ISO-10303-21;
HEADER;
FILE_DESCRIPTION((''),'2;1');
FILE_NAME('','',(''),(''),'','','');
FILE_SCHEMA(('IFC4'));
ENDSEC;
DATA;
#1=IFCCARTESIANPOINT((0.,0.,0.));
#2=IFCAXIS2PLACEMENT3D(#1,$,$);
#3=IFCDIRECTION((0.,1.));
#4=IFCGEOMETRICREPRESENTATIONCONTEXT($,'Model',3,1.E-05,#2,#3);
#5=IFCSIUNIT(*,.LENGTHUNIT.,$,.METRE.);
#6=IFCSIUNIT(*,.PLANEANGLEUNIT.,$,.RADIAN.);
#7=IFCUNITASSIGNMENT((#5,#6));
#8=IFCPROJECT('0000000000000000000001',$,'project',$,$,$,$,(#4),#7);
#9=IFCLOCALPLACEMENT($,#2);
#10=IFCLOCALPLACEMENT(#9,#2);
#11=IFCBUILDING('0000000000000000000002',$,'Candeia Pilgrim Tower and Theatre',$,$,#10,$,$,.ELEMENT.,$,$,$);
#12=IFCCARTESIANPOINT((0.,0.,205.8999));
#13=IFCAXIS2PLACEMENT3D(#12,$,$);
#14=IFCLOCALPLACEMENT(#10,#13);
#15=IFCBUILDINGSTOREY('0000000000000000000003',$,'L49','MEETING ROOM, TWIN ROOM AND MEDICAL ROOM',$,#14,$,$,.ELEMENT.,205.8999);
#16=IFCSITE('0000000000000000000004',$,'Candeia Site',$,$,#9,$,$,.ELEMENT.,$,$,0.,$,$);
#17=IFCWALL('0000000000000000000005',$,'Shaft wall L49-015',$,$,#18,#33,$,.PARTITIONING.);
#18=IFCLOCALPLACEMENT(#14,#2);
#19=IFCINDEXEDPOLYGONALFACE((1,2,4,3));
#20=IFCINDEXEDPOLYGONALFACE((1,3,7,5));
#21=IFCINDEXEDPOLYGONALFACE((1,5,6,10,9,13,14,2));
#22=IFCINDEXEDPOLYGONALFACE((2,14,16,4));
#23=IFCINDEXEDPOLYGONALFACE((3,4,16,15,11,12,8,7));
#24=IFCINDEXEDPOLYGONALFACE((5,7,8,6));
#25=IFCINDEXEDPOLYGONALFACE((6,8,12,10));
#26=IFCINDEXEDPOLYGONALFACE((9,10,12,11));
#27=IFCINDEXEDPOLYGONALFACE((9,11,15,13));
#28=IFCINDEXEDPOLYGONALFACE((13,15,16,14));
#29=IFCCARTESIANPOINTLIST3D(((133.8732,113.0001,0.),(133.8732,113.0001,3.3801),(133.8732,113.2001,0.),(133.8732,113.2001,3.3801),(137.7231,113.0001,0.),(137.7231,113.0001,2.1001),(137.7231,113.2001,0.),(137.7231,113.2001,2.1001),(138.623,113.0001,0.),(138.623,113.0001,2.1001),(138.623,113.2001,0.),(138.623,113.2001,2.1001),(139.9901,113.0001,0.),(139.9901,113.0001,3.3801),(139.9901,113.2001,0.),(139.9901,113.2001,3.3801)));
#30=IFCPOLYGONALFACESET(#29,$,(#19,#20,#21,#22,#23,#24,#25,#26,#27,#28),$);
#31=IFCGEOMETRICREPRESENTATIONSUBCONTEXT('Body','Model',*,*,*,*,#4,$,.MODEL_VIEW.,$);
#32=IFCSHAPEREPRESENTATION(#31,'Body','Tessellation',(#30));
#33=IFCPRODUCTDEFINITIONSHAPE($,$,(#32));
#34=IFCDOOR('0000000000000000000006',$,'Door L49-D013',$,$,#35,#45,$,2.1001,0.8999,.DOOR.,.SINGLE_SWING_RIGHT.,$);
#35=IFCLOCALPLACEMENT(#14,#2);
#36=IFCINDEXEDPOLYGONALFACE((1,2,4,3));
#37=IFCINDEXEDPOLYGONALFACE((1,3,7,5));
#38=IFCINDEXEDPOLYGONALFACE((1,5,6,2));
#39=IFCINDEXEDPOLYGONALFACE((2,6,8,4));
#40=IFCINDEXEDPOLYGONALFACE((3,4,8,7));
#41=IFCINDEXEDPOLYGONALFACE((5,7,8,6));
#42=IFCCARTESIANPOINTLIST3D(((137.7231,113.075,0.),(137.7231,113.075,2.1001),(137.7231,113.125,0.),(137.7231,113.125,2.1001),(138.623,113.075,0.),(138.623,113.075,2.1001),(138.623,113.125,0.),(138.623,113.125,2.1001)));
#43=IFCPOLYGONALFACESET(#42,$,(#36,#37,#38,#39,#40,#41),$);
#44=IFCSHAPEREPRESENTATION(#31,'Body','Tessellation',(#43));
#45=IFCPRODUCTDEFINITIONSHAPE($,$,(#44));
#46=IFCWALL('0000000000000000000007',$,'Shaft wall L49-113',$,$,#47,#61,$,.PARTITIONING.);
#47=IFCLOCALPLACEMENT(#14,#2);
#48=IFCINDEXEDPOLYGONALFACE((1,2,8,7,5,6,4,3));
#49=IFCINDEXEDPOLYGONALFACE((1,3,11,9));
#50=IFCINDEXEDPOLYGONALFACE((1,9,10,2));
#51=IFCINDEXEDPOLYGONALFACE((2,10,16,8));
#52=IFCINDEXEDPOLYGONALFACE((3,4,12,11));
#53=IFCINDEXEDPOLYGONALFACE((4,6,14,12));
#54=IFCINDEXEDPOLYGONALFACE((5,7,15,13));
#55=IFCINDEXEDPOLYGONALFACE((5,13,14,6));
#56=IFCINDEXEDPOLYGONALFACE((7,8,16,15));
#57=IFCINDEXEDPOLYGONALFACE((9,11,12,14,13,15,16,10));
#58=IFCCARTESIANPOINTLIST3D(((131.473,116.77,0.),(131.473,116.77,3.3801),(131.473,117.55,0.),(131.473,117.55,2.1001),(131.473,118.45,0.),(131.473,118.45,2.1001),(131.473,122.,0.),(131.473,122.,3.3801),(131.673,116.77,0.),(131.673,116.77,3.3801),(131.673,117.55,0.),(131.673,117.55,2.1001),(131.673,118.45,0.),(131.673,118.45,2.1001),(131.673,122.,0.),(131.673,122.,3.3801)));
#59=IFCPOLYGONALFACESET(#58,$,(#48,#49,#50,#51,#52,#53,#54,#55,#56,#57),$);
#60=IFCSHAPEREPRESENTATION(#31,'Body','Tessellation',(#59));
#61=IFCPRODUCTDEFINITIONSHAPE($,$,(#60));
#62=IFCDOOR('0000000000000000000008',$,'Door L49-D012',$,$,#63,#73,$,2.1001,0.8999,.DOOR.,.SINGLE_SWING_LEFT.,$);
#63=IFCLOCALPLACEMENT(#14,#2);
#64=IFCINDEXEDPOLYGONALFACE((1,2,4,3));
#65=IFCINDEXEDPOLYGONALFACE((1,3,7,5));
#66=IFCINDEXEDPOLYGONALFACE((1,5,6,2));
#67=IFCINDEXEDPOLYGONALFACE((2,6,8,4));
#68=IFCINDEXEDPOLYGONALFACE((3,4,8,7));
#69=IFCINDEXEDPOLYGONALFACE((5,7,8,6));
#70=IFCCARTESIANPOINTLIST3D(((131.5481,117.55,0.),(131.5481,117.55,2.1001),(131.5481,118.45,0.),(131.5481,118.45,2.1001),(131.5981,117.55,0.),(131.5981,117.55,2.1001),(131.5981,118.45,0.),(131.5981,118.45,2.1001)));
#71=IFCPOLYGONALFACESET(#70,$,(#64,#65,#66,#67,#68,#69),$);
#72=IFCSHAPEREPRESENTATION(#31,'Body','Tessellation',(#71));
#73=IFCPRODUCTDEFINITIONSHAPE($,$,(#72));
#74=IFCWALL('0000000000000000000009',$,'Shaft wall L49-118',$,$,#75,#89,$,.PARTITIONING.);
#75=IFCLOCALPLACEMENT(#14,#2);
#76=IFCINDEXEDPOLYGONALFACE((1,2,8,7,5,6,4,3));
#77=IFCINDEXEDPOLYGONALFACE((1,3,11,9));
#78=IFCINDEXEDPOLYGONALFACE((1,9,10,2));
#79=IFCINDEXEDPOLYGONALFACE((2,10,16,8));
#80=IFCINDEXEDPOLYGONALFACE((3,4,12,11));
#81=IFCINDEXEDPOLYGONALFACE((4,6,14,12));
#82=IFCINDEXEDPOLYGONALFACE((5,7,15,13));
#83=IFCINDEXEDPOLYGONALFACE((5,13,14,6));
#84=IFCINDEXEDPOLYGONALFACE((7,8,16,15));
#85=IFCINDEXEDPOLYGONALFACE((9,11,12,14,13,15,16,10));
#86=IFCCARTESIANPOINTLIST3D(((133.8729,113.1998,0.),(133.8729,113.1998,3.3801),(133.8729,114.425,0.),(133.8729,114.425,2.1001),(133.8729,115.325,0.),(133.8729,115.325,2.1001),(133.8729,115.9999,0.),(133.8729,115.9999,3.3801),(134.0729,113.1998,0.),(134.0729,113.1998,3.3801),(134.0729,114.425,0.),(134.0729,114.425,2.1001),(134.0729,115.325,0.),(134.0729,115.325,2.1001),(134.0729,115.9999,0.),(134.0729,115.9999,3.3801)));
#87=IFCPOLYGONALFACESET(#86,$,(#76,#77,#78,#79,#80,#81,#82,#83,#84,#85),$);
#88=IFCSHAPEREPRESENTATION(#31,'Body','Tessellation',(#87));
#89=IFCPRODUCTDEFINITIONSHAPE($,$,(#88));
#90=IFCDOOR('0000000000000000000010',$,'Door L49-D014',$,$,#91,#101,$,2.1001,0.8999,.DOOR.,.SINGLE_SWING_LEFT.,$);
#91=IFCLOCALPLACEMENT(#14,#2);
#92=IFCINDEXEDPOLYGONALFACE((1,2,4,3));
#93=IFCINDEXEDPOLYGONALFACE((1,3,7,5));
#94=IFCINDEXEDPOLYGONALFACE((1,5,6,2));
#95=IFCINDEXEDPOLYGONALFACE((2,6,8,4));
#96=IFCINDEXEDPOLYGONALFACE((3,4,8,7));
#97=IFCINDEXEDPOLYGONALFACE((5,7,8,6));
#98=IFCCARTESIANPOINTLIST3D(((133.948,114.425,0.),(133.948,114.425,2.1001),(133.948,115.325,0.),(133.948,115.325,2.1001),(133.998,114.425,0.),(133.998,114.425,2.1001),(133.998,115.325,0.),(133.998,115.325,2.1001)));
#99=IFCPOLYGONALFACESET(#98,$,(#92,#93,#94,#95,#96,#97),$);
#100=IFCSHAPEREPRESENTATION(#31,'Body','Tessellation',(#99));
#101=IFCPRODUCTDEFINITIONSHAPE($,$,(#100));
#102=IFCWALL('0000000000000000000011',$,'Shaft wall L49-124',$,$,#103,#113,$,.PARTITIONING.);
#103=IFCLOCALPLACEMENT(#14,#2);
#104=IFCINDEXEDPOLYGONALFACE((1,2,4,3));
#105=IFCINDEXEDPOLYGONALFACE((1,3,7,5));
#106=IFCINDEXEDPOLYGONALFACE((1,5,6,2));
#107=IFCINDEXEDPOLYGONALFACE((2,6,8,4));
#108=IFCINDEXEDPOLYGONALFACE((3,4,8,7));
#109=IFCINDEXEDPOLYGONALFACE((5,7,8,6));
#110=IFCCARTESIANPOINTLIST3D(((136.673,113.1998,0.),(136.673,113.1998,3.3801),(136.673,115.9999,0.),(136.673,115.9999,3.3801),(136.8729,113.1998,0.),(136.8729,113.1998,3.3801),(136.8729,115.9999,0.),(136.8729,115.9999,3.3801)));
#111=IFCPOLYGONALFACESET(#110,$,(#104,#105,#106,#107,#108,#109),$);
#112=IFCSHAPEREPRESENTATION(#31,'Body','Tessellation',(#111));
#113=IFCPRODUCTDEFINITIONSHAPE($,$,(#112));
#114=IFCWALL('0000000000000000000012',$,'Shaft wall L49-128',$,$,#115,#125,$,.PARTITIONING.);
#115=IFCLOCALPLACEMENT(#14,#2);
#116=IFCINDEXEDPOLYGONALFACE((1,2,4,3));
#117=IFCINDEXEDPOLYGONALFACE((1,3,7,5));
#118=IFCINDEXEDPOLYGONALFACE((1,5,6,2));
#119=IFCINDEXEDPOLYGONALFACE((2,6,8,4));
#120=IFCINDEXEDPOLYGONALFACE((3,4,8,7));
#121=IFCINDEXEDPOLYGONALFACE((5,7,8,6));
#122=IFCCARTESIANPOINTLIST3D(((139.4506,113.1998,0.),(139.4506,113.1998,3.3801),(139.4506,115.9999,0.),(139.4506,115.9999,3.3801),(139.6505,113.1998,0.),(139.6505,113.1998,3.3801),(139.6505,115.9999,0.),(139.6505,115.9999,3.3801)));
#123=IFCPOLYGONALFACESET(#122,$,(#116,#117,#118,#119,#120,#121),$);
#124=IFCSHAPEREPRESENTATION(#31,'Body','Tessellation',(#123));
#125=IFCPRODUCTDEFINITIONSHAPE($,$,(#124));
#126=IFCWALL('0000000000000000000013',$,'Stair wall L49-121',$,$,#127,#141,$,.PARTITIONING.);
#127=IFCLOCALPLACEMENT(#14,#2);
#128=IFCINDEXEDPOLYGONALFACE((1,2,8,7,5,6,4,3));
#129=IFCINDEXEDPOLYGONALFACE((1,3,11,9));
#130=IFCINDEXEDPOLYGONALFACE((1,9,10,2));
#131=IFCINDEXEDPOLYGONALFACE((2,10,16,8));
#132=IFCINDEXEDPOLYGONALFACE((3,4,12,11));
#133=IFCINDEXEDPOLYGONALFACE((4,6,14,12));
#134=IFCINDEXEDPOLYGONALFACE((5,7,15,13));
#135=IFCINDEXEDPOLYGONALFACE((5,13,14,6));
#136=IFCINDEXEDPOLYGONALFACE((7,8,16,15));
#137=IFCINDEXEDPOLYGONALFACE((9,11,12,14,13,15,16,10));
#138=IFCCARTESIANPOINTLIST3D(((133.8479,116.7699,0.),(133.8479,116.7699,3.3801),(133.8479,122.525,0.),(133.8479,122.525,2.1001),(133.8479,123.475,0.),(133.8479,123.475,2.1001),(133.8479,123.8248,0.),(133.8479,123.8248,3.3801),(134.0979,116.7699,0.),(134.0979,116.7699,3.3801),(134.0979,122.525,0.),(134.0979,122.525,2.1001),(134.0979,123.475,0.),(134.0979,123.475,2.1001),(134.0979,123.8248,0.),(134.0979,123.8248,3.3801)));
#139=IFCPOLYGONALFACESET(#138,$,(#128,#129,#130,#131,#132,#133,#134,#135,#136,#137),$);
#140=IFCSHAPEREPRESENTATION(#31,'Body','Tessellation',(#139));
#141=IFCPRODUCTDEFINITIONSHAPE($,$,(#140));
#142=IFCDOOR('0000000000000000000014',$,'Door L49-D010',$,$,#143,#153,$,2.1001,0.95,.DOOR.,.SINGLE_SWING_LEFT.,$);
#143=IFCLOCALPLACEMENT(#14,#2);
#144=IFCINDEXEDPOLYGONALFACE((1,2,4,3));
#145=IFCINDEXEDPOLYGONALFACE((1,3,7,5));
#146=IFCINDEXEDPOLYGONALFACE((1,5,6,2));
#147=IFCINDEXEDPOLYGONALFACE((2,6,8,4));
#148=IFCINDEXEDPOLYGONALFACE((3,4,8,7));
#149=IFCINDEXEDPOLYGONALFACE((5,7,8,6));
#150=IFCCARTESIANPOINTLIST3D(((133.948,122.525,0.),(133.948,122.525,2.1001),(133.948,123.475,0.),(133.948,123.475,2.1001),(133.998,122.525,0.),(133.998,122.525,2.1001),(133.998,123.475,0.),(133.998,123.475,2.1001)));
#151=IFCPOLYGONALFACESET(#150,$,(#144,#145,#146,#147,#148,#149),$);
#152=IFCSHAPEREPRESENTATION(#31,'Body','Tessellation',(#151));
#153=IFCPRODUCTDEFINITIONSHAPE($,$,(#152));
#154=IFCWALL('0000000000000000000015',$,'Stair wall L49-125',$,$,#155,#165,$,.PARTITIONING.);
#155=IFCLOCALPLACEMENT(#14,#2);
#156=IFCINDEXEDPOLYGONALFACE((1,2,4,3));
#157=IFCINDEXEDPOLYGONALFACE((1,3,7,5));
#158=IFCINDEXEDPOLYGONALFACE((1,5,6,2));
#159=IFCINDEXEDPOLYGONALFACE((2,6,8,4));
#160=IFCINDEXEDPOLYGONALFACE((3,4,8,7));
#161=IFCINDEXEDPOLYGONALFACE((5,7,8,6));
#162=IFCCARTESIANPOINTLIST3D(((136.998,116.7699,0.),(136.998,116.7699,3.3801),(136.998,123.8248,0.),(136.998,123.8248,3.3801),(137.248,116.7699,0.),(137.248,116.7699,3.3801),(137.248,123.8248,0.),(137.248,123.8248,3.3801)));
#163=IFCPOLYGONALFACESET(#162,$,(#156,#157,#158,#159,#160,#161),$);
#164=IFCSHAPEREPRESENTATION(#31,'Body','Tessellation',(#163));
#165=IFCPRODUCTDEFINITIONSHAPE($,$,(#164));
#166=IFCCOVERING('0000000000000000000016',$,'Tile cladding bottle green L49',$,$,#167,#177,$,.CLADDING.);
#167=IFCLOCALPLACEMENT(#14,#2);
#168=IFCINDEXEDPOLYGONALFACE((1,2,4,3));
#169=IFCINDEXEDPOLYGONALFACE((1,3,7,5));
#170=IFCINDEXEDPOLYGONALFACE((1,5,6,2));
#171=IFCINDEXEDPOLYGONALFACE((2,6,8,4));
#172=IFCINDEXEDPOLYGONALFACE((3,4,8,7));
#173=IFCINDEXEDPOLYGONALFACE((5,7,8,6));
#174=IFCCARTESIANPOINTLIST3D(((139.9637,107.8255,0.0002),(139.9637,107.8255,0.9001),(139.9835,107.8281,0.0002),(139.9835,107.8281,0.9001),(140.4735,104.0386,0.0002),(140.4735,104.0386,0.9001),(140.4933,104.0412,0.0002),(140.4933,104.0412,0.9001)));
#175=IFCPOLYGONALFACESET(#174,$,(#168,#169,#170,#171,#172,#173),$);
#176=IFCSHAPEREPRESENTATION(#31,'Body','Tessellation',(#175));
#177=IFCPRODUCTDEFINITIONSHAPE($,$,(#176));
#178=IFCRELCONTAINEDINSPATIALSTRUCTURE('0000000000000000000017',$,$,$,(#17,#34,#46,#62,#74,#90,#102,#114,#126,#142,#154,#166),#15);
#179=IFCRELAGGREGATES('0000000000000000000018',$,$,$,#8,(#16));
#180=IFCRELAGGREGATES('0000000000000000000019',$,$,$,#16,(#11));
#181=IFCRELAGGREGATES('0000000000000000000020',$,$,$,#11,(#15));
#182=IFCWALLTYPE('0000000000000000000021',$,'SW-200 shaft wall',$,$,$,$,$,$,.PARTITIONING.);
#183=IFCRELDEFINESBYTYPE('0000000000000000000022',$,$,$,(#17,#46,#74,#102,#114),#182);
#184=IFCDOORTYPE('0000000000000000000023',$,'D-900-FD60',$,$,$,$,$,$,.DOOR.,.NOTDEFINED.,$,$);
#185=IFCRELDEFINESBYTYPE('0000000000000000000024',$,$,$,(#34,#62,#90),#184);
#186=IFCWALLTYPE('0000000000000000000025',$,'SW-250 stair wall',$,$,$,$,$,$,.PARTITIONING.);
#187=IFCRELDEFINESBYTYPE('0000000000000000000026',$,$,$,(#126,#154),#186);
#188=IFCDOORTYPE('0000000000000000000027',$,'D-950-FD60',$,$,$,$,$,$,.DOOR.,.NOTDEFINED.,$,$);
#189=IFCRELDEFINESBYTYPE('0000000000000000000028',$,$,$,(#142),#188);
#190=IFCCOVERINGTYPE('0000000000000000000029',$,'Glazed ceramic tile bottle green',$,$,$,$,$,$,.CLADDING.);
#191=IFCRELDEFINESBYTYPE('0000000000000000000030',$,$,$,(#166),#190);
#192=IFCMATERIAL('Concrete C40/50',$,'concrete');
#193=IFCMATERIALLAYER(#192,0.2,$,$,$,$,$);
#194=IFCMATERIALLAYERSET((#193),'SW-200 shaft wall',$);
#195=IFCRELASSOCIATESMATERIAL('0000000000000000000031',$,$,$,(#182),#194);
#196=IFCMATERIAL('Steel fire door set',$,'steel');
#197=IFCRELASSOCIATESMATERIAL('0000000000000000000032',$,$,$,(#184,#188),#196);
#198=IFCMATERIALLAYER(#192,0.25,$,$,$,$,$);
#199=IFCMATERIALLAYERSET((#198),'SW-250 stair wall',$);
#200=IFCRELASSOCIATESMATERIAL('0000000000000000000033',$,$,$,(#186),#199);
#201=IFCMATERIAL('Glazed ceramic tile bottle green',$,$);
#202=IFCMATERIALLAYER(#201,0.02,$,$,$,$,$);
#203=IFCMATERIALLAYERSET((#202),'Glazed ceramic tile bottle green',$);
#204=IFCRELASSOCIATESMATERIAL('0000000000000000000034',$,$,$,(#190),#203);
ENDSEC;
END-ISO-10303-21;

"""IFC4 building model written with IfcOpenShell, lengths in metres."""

from ifc_helpers import new_model, si_unit, direction, frame, frame_2d, origin, origin_2d, place, context, subcontext, project, spatial, rectangle, extrude, material, layer, layer_set, type_object, element, fill, save


model = new_model("IFC4")

# Units and contexts
model_context = context("Model", 3, precision=1e-05, world=origin(), true_north=direction((0.0, 1.0)))
body_context = subcontext(model_context, "Body", "Model", "MODEL_VIEW")
ifc_project = project(units=[si_unit("LENGTHUNIT", "METRE"), si_unit("PLANEANGLEUNIT", "RADIAN")], contexts=[model_context])

# Site, building, storey
site_placement = place(None, origin())
site = spatial("IfcSite", under=ifc_project, at=site_placement, Name="Candeia Site", CompositionType="ELEMENT", RefElevation=0.0)
building_placement = place(site_placement, origin())
building = spatial("IfcBuilding", under=site, at=building_placement, Name="Candeia Pilgrim Tower and Theatre", CompositionType="ELEMENT")
storey_placement = place(building_placement, frame((0.0, 0.0, 205.8999)))
storey = spatial("IfcBuildingStorey", under=building, at=storey_placement, Name="L49", Description="MEETING ROOM, TWIN ROOM AND MEDICAL ROOM", CompositionType="ELEMENT", Elevation=205.8999)

# Shared definitions
ifc_material_1 = material(Name="Steel fire door set", Category="steel")

# Walls, openings, doors
ifc_material_2 = material(Name="Concrete C40/50", Category="concrete")
ifc_layer_1 = layer(ifc_material_2, 0.2)
ifc_layer_set_1 = layer_set([ifc_layer_1], Name="SW-200 shaft wall")
wall_type_1 = type_object("IfcWallType", Name="SW-200 shaft wall", PredefinedType="PARTITIONING", material=ifc_layer_set_1)
wall_1_placement = place(storey_placement, frame((133.873, 113.1001, 0.0), z_axis=(0.0, 0.0, 1.0), x_axis=(1.0, 0.0, 0.0)))
wall_1 = element("IfcWall", 1, at=wall_1_placement, inside=storey, type_object=wall_type_1, Name="Shaft wall L49-015", PredefinedType="PARTITIONING", context=body_context, shape_type="SweptSolid", body=[
    extrude(rectangle(XDim=6.1169, YDim=0.2, at=frame_2d((3.0586, 0.0))), origin(), (0.0, 0.0, 1.0), 3.3801),
])
opening_1_placement = place(wall_1_placement, frame((3.8501, 0.0, 0.0)))
opening_1 = element("IfcOpeningElement", 2, at=opening_1_placement, cuts=wall_1, PredefinedType="OPENING", context=body_context, shape_type="SweptSolid", body=[
    extrude(rectangle(XDim=0.8999, YDim=2.1001, at=frame_2d((0.45, 1.05))), frame((0.0, 0.1099, 0.0), z_axis=(0.0, -1.0, 0.0), x_axis=(1.0, 0.0, 0.0)), (0.0, 0.0, 1.0), 0.22),
])
door_type_1 = type_object("IfcDoorType", Name="D-900-FD60", OperationType="NOTDEFINED", PredefinedType="DOOR", material=ifc_material_1)
door_1_placement = place(opening_1_placement, origin())
door_1 = element("IfcDoor", 3, at=door_1_placement, inside=storey, type_object=door_type_1, Name="Door L49-D013", OperationType="SINGLE_SWING_RIGHT", OverallHeight=2.1001, OverallWidth=0.8999, PredefinedType="DOOR", context=body_context, shape_type="SweptSolid", body=[
    extrude(rectangle(XDim=0.8999, YDim=2.1001, at=frame_2d((0.45, 1.05))), frame((0.0, 0.0249, 0.0), z_axis=(0.0, -1.0, 0.0), x_axis=(1.0, 0.0, 0.0)), (0.0, 0.0, 1.0), 0.05),
])
fill(opening_1, door_1)
wall_2_placement = place(storey_placement, frame((131.573, 116.77, 0.0), z_axis=(0.0, 0.0, 1.0), x_axis=(0.0, 1.0, 0.0)))
wall_2 = element("IfcWall", 4, at=wall_2_placement, inside=storey, type_object=wall_type_1, Name="Shaft wall L49-113", PredefinedType="PARTITIONING", context=body_context, shape_type="SweptSolid", body=[
    extrude(rectangle(XDim=5.23, YDim=0.2, at=frame_2d((2.615, 0.0))), origin(), (0.0, 0.0, 1.0), 3.3801),
])
opening_2_placement = place(wall_2_placement, frame((0.78, 0.0, 0.0)))
opening_2 = element("IfcOpeningElement", 5, at=opening_2_placement, cuts=wall_2, PredefinedType="OPENING", context=body_context, shape_type="SweptSolid", body=[
    extrude(rectangle(XDim=0.8999, YDim=2.1001, at=frame_2d((0.45, 1.05))), frame((0.0, 0.1099, 0.0), z_axis=(0.0, -1.0, 0.0), x_axis=(1.0, 0.0, 0.0)), (0.0, 0.0, 1.0), 0.22),
])
door_2_placement = place(opening_2_placement, origin())
door_2 = element("IfcDoor", 6, at=door_2_placement, inside=storey, type_object=door_type_1, Name="Door L49-D012", OperationType="SINGLE_SWING_LEFT", OverallHeight=2.1001, OverallWidth=0.8999, PredefinedType="DOOR", context=body_context, shape_type="SweptSolid", body=[
    extrude(rectangle(XDim=0.8999, YDim=2.1001, at=frame_2d((0.45, 1.05))), frame((0.0, 0.0249, 0.0), z_axis=(0.0, -1.0, 0.0), x_axis=(1.0, 0.0, 0.0)), (0.0, 0.0, 1.0), 0.05),
])
fill(opening_2, door_2)
wall_3_placement = place(storey_placement, frame((133.9729, 113.2, 0.0), z_axis=(0.0, 0.0, 1.0), x_axis=(0.0, 1.0, 0.0)))
wall_3 = element("IfcWall", 7, at=wall_3_placement, inside=storey, type_object=wall_type_1, Name="Shaft wall L49-118", PredefinedType="PARTITIONING", context=body_context, shape_type="SweptSolid", body=[
    extrude(rectangle(XDim=2.8, YDim=0.2, at=frame_2d((1.3999, 0.0))), origin(), (0.0, 0.0, 1.0), 3.3801),
])
opening_3_placement = place(wall_3_placement, frame((1.2251, 0.0, 0.0)))
opening_3 = element("IfcOpeningElement", 8, at=opening_3_placement, cuts=wall_3, PredefinedType="OPENING", context=body_context, shape_type="SweptSolid", body=[
    extrude(rectangle(XDim=0.8999, YDim=2.1001, at=frame_2d((0.45, 1.05))), frame((0.0, 0.1099, 0.0), z_axis=(0.0, -1.0, 0.0), x_axis=(1.0, 0.0, 0.0)), (0.0, 0.0, 1.0), 0.22),
])
door_3_placement = place(opening_3_placement, origin())
door_3 = element("IfcDoor", 9, at=door_3_placement, inside=storey, type_object=door_type_1, Name="Door L49-D014", OperationType="SINGLE_SWING_LEFT", OverallHeight=2.1001, OverallWidth=0.8999, PredefinedType="DOOR", context=body_context, shape_type="SweptSolid", body=[
    extrude(rectangle(XDim=0.8999, YDim=2.1001, at=frame_2d((0.45, 1.05))), frame((0.0, 0.0249, 0.0), z_axis=(0.0, -1.0, 0.0), x_axis=(1.0, 0.0, 0.0)), (0.0, 0.0, 1.0), 0.05),
])
fill(opening_3, door_3)

# Walls
for number, where, z_axis, x_axis, name in (
    (10, (136.7729, 113.2, 0.0), (0.0, 0.0, 1.0), (0.0, 1.0, 0.0), "Shaft wall L49-124"),
    (11, (139.5505, 113.2, 0.0), (0.0, 0.0, 1.0), (0.0, 1.0, 0.0), "Shaft wall L49-128"),
):
    element("IfcWall", number, at=place(storey_placement, frame(where, z_axis=z_axis, x_axis=x_axis)), inside=storey, type_object=wall_type_1, Name=name, PredefinedType="PARTITIONING", context=body_context, shape_type="SweptSolid", body=[
        extrude(rectangle(XDim=2.8, YDim=0.2, at=frame_2d((1.3999, 0.0))), origin(), (0.0, 0.0, 1.0), 3.3801),
    ])

# Wall, opening, door
ifc_layer_2 = layer(ifc_material_2, 0.25)
ifc_layer_set_2 = layer_set([ifc_layer_2], Name="SW-250 stair wall")
wall_type_2 = type_object("IfcWallType", Name="SW-250 stair wall", PredefinedType="PARTITIONING", material=ifc_layer_set_2)
wall_4_placement = place(storey_placement, frame((133.9729, 116.77, 0.0), z_axis=(0.0, 0.0, 1.0), x_axis=(0.0, 1.0, 0.0)))
wall_4 = element("IfcWall", 12, at=wall_4_placement, inside=storey, type_object=wall_type_2, Name="Stair wall L49-121", PredefinedType="PARTITIONING", context=body_context, shape_type="SweptSolid", body=[
    extrude(rectangle(XDim=7.0549, YDim=0.25, at=frame_2d((3.5273, 0.0))), origin(), (0.0, 0.0, 1.0), 3.3801),
])
opening_4_placement = place(wall_4_placement, frame((5.7549, 0.0, 0.0)))
opening_4 = element("IfcOpeningElement", 13, at=opening_4_placement, cuts=wall_4, PredefinedType="OPENING", context=body_context, shape_type="SweptSolid", body=[
    extrude(rectangle(XDim=0.95, YDim=2.1001, at=frame_2d((0.4751, 1.05))), frame((0.0, 0.135, 0.0), z_axis=(0.0, -1.0, 0.0), x_axis=(1.0, 0.0, 0.0)), (0.0, 0.0, 1.0), 0.27),
])
door_type_2 = type_object("IfcDoorType", Name="D-950-FD60", OperationType="NOTDEFINED", PredefinedType="DOOR", material=ifc_material_1)
door_4_placement = place(opening_4_placement, origin())
door_4 = element("IfcDoor", 14, at=door_4_placement, inside=storey, type_object=door_type_2, Name="Door L49-D010", OperationType="SINGLE_SWING_LEFT", OverallHeight=2.1001, OverallWidth=0.95, PredefinedType="DOOR", context=body_context, shape_type="SweptSolid", body=[
    extrude(rectangle(XDim=0.95, YDim=2.1001, at=frame_2d((0.4751, 1.05))), frame((0.0, 0.0249, 0.0), z_axis=(0.0, -1.0, 0.0), x_axis=(1.0, 0.0, 0.0)), (0.0, 0.0, 1.0), 0.05),
])
fill(opening_4, door_4)

# Wall
wall_5_placement = place(storey_placement, frame((137.123, 116.77, 0.0), z_axis=(0.0, 0.0, 1.0), x_axis=(0.0, 1.0, 0.0)))
element("IfcWall", 15, at=wall_5_placement, inside=storey, type_object=wall_type_2, Name="Stair wall L49-125", PredefinedType="PARTITIONING", context=body_context, shape_type="SweptSolid", body=[
    extrude(rectangle(XDim=7.0549, YDim=0.25, at=frame_2d((3.5273, 0.0))), origin(), (0.0, 0.0, 1.0), 3.3801),
])

# Covering
ifc_material_3 = material(Name="Glazed ceramic tile bottle green")
ifc_layer_3 = layer(ifc_material_3, 0.02)
ifc_layer_set_3 = layer_set([ifc_layer_3], Name="Glazed ceramic tile bottle green")
covering_type = type_object("IfcCoveringType", Name="Glazed ceramic tile bottle green", PredefinedType="CLADDING", material=ifc_layer_set_3)
covering_1_placement = place(storey_placement, frame((140.2285, 105.9333, 0.0002), z_axis=(0.0, 0.0, 1.0), x_axis=(-0.133412, 0.991061, 0.0)))
element("IfcCovering", 16, at=covering_1_placement, inside=storey, type_object=covering_type, Name="Tile cladding bottle green L49", PredefinedType="CLADDING", context=body_context, shape_type="SweptSolid", body=[
    extrude(rectangle(XDim=3.821, YDim=0.02, at=origin_2d()), origin(), (0.0, 0.0, 1.0), 0.8999),
])

save(model, "model.ifc")
